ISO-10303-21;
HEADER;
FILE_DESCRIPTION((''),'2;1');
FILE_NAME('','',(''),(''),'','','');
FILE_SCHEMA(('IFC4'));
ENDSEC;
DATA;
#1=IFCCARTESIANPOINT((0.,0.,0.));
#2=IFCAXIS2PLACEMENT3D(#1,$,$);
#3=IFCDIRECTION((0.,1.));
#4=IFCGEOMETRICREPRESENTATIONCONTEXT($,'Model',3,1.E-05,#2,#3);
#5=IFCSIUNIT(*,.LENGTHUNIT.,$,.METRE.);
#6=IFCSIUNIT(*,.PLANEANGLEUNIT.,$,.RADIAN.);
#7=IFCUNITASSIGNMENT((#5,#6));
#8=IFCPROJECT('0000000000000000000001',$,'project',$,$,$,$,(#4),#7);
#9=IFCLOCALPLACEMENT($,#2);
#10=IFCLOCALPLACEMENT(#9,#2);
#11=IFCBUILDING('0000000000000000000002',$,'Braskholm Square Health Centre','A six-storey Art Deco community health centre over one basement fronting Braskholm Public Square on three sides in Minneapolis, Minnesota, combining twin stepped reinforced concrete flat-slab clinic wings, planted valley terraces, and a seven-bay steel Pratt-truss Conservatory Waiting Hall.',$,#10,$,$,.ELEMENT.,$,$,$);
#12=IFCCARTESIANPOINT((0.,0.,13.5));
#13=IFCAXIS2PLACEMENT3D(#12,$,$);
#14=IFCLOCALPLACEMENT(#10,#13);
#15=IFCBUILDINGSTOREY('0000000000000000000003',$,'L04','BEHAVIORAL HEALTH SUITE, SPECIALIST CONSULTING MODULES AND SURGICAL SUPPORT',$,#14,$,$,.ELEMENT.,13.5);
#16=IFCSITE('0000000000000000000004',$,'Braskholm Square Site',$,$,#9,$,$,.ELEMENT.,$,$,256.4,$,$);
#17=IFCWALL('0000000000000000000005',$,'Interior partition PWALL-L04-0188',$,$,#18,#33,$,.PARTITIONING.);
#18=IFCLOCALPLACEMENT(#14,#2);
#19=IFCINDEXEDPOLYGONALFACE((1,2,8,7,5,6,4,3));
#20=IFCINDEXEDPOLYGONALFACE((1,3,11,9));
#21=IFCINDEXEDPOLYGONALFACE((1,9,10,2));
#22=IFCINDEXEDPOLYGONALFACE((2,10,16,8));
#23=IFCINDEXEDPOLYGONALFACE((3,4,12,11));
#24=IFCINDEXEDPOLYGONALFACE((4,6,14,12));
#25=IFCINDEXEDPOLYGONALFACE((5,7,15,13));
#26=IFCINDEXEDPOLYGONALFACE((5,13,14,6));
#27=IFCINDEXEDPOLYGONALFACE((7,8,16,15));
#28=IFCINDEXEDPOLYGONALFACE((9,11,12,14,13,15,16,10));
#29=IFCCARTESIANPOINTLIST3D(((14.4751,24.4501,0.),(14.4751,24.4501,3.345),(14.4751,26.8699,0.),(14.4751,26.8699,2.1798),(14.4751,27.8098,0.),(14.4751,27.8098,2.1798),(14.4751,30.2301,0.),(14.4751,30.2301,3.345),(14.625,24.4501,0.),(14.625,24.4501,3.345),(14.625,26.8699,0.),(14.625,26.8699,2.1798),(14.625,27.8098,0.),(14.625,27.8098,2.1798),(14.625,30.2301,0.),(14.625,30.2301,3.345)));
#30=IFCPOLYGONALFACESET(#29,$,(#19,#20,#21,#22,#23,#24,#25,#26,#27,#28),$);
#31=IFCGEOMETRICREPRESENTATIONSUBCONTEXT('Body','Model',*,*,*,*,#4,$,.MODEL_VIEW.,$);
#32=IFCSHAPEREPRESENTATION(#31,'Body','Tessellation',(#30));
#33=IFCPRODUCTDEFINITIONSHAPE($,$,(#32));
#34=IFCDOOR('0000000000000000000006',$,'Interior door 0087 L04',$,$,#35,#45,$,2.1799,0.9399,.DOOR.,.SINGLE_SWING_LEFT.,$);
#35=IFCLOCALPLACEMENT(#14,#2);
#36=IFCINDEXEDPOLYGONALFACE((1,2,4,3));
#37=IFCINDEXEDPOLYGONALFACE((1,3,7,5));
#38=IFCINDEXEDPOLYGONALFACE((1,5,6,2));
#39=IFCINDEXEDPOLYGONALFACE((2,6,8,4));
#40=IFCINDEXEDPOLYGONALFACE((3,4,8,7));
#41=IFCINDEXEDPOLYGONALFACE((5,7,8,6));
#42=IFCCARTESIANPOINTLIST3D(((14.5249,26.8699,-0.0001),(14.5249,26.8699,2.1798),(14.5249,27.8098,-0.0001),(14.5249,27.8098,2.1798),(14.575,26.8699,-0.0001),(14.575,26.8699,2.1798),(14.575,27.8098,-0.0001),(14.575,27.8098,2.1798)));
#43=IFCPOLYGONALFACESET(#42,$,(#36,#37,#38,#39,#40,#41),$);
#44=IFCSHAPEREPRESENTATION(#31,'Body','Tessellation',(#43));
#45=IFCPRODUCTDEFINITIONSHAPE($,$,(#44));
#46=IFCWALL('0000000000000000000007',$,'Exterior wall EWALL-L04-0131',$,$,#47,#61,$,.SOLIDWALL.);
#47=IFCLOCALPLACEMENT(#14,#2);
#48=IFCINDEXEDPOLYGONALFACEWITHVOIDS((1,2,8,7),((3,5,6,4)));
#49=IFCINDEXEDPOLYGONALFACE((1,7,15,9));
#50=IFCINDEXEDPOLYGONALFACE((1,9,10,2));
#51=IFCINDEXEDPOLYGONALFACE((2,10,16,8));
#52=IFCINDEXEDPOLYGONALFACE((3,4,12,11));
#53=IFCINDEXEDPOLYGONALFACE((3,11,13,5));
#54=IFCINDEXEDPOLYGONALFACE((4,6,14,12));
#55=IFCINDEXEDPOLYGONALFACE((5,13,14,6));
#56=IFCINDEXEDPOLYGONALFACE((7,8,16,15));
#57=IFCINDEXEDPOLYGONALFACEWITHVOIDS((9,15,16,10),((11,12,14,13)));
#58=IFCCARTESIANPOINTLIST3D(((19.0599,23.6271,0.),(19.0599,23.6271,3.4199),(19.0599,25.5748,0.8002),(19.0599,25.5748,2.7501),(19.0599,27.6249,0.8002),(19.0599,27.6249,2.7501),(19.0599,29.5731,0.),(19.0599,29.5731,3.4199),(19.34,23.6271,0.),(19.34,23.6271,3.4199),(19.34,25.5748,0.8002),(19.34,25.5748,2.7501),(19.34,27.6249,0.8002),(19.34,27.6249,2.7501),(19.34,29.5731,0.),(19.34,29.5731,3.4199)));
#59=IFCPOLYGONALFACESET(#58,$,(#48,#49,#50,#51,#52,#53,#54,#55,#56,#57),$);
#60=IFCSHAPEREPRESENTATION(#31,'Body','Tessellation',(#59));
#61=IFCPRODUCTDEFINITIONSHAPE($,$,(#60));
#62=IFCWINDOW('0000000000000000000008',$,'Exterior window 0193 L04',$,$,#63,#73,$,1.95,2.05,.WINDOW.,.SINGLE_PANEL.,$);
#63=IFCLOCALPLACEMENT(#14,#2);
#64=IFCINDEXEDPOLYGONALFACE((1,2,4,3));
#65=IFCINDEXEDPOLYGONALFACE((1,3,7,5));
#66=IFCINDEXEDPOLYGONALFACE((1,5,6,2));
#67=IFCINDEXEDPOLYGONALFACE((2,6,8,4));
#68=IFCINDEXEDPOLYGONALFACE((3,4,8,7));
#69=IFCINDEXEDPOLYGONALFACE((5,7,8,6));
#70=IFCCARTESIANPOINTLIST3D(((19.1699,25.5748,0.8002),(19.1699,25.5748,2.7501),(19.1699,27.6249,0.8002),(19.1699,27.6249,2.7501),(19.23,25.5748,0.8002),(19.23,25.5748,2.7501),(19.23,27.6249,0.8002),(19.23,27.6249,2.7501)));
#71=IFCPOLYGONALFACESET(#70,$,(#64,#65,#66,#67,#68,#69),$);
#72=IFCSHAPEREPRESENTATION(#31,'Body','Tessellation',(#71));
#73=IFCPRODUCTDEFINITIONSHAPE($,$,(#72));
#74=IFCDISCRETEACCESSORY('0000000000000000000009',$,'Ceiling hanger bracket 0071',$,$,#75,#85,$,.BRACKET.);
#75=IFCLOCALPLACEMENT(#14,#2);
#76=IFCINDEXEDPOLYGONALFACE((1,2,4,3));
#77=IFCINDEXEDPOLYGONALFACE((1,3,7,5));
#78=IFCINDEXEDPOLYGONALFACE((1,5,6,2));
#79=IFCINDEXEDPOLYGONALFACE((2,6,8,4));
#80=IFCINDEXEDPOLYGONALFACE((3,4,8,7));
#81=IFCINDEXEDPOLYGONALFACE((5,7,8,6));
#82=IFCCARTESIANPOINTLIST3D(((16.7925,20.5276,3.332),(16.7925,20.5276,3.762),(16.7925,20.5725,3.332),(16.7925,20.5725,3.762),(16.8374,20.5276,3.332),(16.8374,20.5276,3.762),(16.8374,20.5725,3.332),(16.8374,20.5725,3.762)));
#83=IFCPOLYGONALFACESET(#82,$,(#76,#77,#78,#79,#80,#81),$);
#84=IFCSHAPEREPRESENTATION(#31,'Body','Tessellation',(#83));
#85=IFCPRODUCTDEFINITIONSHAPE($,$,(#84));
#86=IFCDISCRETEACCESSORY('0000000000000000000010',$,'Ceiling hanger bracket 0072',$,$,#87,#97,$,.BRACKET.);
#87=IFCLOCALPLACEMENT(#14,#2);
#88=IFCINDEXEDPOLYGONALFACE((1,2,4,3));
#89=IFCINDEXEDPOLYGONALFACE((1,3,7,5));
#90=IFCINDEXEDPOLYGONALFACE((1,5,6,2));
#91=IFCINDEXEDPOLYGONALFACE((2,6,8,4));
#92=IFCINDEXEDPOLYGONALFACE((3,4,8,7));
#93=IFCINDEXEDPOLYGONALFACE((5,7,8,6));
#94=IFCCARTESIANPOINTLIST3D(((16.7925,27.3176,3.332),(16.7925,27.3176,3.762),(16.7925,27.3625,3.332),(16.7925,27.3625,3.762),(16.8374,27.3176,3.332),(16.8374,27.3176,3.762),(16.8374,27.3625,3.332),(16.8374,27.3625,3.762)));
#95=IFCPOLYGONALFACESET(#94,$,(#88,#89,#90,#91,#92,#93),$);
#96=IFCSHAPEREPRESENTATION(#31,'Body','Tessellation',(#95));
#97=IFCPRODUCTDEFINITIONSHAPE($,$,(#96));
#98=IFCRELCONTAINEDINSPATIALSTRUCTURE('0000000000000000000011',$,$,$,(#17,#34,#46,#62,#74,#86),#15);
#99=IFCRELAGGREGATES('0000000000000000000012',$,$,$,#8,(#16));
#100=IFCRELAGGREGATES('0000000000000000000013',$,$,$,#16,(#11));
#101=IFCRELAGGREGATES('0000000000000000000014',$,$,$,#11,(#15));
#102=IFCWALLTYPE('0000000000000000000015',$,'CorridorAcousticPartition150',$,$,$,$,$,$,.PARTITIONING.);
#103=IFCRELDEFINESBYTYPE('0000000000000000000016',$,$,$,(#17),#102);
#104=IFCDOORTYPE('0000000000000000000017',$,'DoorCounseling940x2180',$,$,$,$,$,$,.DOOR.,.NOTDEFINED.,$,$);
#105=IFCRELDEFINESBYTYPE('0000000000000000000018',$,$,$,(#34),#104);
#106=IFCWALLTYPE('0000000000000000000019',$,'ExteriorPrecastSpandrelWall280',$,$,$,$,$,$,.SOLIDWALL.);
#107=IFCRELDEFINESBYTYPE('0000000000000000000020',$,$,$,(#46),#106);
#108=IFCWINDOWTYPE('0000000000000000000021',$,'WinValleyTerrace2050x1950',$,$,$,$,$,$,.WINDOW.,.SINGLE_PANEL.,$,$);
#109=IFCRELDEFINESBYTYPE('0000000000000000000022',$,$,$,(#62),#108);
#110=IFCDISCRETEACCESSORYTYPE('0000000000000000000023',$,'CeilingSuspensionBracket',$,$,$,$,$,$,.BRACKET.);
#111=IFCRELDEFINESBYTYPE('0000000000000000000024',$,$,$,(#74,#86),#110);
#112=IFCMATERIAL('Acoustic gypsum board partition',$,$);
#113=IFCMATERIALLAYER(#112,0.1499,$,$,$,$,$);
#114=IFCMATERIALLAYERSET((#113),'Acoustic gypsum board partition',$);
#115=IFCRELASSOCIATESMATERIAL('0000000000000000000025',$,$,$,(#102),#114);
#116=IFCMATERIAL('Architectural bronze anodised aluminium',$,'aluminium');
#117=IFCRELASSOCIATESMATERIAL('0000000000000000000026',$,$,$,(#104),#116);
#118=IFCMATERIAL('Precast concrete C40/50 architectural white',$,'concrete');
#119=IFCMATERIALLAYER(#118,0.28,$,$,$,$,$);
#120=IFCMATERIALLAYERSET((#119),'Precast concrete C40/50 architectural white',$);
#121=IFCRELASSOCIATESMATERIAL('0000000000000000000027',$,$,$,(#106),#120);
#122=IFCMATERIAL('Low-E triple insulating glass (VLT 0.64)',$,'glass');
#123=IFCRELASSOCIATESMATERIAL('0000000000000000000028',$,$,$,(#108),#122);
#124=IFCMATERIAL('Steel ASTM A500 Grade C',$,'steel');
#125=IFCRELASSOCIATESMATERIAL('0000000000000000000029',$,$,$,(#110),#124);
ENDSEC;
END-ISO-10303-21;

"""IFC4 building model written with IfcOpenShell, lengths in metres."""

from ifc_helpers import new_model, si_unit, direction, frame, frame_2d, origin, origin_with_axes, origin_2d, place, context, subcontext, project, spatial, rectangle, extrude, material, layer, layer_set, type_object, element, fill, save


model = new_model("IFC4")

# Units and contexts
model_context = context("Model", 3, precision=1e-05, world=origin(), true_north=direction((0.0, 1.0)))
body_context = subcontext(model_context, "Body", "Model", "MODEL_VIEW")
ifc_project = project(units=[si_unit("LENGTHUNIT", "METRE"), si_unit("PLANEANGLEUNIT", "RADIAN")], contexts=[model_context])

# Site, building, storey
site_placement = place(None, origin())
site = spatial("IfcSite", under=ifc_project, at=site_placement, Name="Braskholm Square Site", CompositionType="ELEMENT", RefElevation=256.4)
building_placement = place(site_placement, origin())
building = spatial("IfcBuilding", under=site, at=building_placement, Name="Braskholm Square Health Centre", Description="A six-storey Art Deco community health centre over one basement fronting Braskholm Public Square on three sides in Minneapolis, Minnesota, combining twin stepped reinforced concrete flat-slab clinic wings, planted valley terraces, and a seven-bay steel Pratt-truss Conservatory Waiting Hall.", CompositionType="ELEMENT")
storey_placement = place(building_placement, frame((0.0, 0.0, 13.5)))
storey = spatial("IfcBuildingStorey", under=building, at=storey_placement, Name="L04", Description="BEHAVIORAL HEALTH SUITE, SPECIALIST CONSULTING MODULES AND SURGICAL SUPPORT", CompositionType="ELEMENT", Elevation=13.5)

# Shared definitions
ifc_material_1 = material(Name="Low-E triple insulating glass (VLT 0.64)", Category="glass")
ifc_material_2 = material(Name="Architectural bronze anodised aluminium", Category="aluminium")

# Wall, opening, door
ifc_material_3 = material(Name="Acoustic gypsum board partition")
ifc_layer_1 = layer(ifc_material_3, 0.1499)
ifc_layer_set_1 = layer_set([ifc_layer_1], Name="Acoustic gypsum board partition")
wall_type_1 = type_object("IfcWallType", Name="CorridorAcousticPartition150", PredefinedType="PARTITIONING", material=ifc_layer_set_1)
wall_1_placement = place(storey_placement, frame((14.55, 24.45, 0.0), z_axis=(0.0, 0.0, 1.0), x_axis=(0.0, 1.0, 0.0)))
wall_1 = element("IfcWall", 1, at=wall_1_placement, inside=storey, type_object=wall_type_1, Name="Interior partition PWALL-L04-0188", PredefinedType="PARTITIONING", context=body_context, shape_type="SweptSolid", body=[
    extrude(rectangle(XDim=5.78, YDim=0.1499, at=frame_2d((2.8901, 0.0))), origin(), (0.0, 0.0, 1.0), 3.345),
])
opening_1_placement = place(wall_1_placement, frame((2.4199, 0.0, 0.0)))
opening_1 = element("IfcOpeningElement", 2, at=opening_1_placement, cuts=wall_1, PredefinedType="OPENING", context=body_context, shape_type="SweptSolid", body=[
    extrude(rectangle(XDim=0.9399, YDim=2.1799, at=frame_2d((0.47, 1.0898))), frame((0.0, 0.085, 0.0), z_axis=(0.0, -1.0, 0.0), x_axis=(1.0, 0.0, 0.0)), (0.0, 0.0, 1.0), 0.1699),
])
door_type = type_object("IfcDoorType", Name="DoorCounseling940x2180", OperationType="NOTDEFINED", PredefinedType="DOOR", material=ifc_material_2)
door_placement = place(opening_1_placement, frame((0.9399, 0.0, 0.0), z_axis=(0.0, 0.0, 1.0), x_axis=(-1.0, 0.0, 0.0)))
door = element("IfcDoor", 3, at=door_placement, inside=storey, type_object=door_type, Name="Interior door 0087 L04", OperationType="SINGLE_SWING_LEFT", OverallHeight=2.1799, OverallWidth=0.9399, PredefinedType="DOOR", context=body_context, shape_type="SweptSolid", body=[
    extrude(rectangle(XDim=0.9399, YDim=2.1799, at=frame_2d((0.47, 1.0898))), frame((0.0, 0.0249, 0.0), z_axis=(0.0, -1.0, 0.0), x_axis=(1.0, 0.0, 0.0)), (0.0, 0.0, 1.0), 0.05),
])
fill(opening_1, door)

# Wall, opening, window
ifc_material_4 = material(Name="Precast concrete C40/50 architectural white", Category="concrete")
ifc_layer_2 = layer(ifc_material_4, 0.28)
ifc_layer_set_2 = layer_set([ifc_layer_2], Name="Precast concrete C40/50 architectural white")
wall_type_2 = type_object("IfcWallType", Name="ExteriorPrecastSpandrelWall280", PredefinedType="SOLIDWALL", material=ifc_layer_set_2)
wall_2_placement = place(storey_placement, frame((19.2, 23.627, 0.0), z_axis=(0.0, 0.0, 1.0), x_axis=(0.0, 1.0, 0.0)))
wall_2 = element("IfcWall", 4, at=wall_2_placement, inside=storey, type_object=wall_type_2, Name="Exterior wall EWALL-L04-0131", PredefinedType="SOLIDWALL", context=body_context, shape_type="SweptSolid", body=[
    extrude(rectangle(XDim=5.946, YDim=0.28, at=frame_2d((2.9731, 0.0))), origin(), (0.0, 0.0, 1.0), 3.4199),
])
opening_2_placement = place(wall_2_placement, frame((1.948, 0.0, 0.8)))
opening_2 = element("IfcOpeningElement", 5, at=opening_2_placement, cuts=wall_2, PredefinedType="OPENING", context=body_context, shape_type="SweptSolid", body=[
    extrude(rectangle(XDim=2.05, YDim=1.95, at=frame_2d((1.0249, 0.9751))), frame((0.0, 0.1499, 0.0), z_axis=(0.0, -1.0, 0.0), x_axis=(1.0, 0.0, 0.0)), (0.0, 0.0, 1.0), 0.3),
])
window_type = type_object("IfcWindowType", Name="WinValleyTerrace2050x1950", PartitioningType="SINGLE_PANEL", PredefinedType="WINDOW", material=ifc_material_1)
window_placement = place(opening_2_placement, origin_with_axes())
window = element("IfcWindow", 6, at=window_placement, inside=storey, type_object=window_type, Name="Exterior window 0193 L04", OverallHeight=1.95, OverallWidth=2.05, PartitioningType="SINGLE_PANEL", PredefinedType="WINDOW", context=body_context, shape_type="SweptSolid", body=[
    extrude(rectangle(XDim=2.05, YDim=1.95, at=frame_2d((1.0249, 0.9751))), frame((0.0, 0.03, 0.0), z_axis=(0.0, -1.0, 0.0), x_axis=(1.0, 0.0, 0.0)), (0.0, 0.0, 1.0), 0.0601),
])
fill(opening_2, window)

# Discrete accessories
ifc_material_5 = material(Name="Steel ASTM A500 Grade C", Category="steel")
discrete_accessory_type = type_object("IfcDiscreteAccessoryType", Name="CeilingSuspensionBracket", PredefinedType="BRACKET", material=ifc_material_5)
for number, where, z_axis, x_axis, name in (
    (7, (16.8149, 20.55, 3.332), (0.0, 0.0, 1.0), (1.0, 0.0, 0.0), "Ceiling hanger bracket 0071"),
    (8, (16.8149, 27.3401, 3.332), (0.0, 0.0, 1.0), (1.0, 0.0, 0.0), "Ceiling hanger bracket 0072"),
):
    element("IfcDiscreteAccessory", number, at=place(storey_placement, frame(where, z_axis=z_axis, x_axis=x_axis)), inside=storey, type_object=discrete_accessory_type, Name=name, PredefinedType="BRACKET", context=body_context, shape_type="SweptSolid", body=[
        extrude(rectangle(XDim=0.0449, YDim=0.0449, at=origin_2d()), origin(), (0.0, 0.0, 1.0), 0.4299),
    ])

save(model, "model.ifc")
